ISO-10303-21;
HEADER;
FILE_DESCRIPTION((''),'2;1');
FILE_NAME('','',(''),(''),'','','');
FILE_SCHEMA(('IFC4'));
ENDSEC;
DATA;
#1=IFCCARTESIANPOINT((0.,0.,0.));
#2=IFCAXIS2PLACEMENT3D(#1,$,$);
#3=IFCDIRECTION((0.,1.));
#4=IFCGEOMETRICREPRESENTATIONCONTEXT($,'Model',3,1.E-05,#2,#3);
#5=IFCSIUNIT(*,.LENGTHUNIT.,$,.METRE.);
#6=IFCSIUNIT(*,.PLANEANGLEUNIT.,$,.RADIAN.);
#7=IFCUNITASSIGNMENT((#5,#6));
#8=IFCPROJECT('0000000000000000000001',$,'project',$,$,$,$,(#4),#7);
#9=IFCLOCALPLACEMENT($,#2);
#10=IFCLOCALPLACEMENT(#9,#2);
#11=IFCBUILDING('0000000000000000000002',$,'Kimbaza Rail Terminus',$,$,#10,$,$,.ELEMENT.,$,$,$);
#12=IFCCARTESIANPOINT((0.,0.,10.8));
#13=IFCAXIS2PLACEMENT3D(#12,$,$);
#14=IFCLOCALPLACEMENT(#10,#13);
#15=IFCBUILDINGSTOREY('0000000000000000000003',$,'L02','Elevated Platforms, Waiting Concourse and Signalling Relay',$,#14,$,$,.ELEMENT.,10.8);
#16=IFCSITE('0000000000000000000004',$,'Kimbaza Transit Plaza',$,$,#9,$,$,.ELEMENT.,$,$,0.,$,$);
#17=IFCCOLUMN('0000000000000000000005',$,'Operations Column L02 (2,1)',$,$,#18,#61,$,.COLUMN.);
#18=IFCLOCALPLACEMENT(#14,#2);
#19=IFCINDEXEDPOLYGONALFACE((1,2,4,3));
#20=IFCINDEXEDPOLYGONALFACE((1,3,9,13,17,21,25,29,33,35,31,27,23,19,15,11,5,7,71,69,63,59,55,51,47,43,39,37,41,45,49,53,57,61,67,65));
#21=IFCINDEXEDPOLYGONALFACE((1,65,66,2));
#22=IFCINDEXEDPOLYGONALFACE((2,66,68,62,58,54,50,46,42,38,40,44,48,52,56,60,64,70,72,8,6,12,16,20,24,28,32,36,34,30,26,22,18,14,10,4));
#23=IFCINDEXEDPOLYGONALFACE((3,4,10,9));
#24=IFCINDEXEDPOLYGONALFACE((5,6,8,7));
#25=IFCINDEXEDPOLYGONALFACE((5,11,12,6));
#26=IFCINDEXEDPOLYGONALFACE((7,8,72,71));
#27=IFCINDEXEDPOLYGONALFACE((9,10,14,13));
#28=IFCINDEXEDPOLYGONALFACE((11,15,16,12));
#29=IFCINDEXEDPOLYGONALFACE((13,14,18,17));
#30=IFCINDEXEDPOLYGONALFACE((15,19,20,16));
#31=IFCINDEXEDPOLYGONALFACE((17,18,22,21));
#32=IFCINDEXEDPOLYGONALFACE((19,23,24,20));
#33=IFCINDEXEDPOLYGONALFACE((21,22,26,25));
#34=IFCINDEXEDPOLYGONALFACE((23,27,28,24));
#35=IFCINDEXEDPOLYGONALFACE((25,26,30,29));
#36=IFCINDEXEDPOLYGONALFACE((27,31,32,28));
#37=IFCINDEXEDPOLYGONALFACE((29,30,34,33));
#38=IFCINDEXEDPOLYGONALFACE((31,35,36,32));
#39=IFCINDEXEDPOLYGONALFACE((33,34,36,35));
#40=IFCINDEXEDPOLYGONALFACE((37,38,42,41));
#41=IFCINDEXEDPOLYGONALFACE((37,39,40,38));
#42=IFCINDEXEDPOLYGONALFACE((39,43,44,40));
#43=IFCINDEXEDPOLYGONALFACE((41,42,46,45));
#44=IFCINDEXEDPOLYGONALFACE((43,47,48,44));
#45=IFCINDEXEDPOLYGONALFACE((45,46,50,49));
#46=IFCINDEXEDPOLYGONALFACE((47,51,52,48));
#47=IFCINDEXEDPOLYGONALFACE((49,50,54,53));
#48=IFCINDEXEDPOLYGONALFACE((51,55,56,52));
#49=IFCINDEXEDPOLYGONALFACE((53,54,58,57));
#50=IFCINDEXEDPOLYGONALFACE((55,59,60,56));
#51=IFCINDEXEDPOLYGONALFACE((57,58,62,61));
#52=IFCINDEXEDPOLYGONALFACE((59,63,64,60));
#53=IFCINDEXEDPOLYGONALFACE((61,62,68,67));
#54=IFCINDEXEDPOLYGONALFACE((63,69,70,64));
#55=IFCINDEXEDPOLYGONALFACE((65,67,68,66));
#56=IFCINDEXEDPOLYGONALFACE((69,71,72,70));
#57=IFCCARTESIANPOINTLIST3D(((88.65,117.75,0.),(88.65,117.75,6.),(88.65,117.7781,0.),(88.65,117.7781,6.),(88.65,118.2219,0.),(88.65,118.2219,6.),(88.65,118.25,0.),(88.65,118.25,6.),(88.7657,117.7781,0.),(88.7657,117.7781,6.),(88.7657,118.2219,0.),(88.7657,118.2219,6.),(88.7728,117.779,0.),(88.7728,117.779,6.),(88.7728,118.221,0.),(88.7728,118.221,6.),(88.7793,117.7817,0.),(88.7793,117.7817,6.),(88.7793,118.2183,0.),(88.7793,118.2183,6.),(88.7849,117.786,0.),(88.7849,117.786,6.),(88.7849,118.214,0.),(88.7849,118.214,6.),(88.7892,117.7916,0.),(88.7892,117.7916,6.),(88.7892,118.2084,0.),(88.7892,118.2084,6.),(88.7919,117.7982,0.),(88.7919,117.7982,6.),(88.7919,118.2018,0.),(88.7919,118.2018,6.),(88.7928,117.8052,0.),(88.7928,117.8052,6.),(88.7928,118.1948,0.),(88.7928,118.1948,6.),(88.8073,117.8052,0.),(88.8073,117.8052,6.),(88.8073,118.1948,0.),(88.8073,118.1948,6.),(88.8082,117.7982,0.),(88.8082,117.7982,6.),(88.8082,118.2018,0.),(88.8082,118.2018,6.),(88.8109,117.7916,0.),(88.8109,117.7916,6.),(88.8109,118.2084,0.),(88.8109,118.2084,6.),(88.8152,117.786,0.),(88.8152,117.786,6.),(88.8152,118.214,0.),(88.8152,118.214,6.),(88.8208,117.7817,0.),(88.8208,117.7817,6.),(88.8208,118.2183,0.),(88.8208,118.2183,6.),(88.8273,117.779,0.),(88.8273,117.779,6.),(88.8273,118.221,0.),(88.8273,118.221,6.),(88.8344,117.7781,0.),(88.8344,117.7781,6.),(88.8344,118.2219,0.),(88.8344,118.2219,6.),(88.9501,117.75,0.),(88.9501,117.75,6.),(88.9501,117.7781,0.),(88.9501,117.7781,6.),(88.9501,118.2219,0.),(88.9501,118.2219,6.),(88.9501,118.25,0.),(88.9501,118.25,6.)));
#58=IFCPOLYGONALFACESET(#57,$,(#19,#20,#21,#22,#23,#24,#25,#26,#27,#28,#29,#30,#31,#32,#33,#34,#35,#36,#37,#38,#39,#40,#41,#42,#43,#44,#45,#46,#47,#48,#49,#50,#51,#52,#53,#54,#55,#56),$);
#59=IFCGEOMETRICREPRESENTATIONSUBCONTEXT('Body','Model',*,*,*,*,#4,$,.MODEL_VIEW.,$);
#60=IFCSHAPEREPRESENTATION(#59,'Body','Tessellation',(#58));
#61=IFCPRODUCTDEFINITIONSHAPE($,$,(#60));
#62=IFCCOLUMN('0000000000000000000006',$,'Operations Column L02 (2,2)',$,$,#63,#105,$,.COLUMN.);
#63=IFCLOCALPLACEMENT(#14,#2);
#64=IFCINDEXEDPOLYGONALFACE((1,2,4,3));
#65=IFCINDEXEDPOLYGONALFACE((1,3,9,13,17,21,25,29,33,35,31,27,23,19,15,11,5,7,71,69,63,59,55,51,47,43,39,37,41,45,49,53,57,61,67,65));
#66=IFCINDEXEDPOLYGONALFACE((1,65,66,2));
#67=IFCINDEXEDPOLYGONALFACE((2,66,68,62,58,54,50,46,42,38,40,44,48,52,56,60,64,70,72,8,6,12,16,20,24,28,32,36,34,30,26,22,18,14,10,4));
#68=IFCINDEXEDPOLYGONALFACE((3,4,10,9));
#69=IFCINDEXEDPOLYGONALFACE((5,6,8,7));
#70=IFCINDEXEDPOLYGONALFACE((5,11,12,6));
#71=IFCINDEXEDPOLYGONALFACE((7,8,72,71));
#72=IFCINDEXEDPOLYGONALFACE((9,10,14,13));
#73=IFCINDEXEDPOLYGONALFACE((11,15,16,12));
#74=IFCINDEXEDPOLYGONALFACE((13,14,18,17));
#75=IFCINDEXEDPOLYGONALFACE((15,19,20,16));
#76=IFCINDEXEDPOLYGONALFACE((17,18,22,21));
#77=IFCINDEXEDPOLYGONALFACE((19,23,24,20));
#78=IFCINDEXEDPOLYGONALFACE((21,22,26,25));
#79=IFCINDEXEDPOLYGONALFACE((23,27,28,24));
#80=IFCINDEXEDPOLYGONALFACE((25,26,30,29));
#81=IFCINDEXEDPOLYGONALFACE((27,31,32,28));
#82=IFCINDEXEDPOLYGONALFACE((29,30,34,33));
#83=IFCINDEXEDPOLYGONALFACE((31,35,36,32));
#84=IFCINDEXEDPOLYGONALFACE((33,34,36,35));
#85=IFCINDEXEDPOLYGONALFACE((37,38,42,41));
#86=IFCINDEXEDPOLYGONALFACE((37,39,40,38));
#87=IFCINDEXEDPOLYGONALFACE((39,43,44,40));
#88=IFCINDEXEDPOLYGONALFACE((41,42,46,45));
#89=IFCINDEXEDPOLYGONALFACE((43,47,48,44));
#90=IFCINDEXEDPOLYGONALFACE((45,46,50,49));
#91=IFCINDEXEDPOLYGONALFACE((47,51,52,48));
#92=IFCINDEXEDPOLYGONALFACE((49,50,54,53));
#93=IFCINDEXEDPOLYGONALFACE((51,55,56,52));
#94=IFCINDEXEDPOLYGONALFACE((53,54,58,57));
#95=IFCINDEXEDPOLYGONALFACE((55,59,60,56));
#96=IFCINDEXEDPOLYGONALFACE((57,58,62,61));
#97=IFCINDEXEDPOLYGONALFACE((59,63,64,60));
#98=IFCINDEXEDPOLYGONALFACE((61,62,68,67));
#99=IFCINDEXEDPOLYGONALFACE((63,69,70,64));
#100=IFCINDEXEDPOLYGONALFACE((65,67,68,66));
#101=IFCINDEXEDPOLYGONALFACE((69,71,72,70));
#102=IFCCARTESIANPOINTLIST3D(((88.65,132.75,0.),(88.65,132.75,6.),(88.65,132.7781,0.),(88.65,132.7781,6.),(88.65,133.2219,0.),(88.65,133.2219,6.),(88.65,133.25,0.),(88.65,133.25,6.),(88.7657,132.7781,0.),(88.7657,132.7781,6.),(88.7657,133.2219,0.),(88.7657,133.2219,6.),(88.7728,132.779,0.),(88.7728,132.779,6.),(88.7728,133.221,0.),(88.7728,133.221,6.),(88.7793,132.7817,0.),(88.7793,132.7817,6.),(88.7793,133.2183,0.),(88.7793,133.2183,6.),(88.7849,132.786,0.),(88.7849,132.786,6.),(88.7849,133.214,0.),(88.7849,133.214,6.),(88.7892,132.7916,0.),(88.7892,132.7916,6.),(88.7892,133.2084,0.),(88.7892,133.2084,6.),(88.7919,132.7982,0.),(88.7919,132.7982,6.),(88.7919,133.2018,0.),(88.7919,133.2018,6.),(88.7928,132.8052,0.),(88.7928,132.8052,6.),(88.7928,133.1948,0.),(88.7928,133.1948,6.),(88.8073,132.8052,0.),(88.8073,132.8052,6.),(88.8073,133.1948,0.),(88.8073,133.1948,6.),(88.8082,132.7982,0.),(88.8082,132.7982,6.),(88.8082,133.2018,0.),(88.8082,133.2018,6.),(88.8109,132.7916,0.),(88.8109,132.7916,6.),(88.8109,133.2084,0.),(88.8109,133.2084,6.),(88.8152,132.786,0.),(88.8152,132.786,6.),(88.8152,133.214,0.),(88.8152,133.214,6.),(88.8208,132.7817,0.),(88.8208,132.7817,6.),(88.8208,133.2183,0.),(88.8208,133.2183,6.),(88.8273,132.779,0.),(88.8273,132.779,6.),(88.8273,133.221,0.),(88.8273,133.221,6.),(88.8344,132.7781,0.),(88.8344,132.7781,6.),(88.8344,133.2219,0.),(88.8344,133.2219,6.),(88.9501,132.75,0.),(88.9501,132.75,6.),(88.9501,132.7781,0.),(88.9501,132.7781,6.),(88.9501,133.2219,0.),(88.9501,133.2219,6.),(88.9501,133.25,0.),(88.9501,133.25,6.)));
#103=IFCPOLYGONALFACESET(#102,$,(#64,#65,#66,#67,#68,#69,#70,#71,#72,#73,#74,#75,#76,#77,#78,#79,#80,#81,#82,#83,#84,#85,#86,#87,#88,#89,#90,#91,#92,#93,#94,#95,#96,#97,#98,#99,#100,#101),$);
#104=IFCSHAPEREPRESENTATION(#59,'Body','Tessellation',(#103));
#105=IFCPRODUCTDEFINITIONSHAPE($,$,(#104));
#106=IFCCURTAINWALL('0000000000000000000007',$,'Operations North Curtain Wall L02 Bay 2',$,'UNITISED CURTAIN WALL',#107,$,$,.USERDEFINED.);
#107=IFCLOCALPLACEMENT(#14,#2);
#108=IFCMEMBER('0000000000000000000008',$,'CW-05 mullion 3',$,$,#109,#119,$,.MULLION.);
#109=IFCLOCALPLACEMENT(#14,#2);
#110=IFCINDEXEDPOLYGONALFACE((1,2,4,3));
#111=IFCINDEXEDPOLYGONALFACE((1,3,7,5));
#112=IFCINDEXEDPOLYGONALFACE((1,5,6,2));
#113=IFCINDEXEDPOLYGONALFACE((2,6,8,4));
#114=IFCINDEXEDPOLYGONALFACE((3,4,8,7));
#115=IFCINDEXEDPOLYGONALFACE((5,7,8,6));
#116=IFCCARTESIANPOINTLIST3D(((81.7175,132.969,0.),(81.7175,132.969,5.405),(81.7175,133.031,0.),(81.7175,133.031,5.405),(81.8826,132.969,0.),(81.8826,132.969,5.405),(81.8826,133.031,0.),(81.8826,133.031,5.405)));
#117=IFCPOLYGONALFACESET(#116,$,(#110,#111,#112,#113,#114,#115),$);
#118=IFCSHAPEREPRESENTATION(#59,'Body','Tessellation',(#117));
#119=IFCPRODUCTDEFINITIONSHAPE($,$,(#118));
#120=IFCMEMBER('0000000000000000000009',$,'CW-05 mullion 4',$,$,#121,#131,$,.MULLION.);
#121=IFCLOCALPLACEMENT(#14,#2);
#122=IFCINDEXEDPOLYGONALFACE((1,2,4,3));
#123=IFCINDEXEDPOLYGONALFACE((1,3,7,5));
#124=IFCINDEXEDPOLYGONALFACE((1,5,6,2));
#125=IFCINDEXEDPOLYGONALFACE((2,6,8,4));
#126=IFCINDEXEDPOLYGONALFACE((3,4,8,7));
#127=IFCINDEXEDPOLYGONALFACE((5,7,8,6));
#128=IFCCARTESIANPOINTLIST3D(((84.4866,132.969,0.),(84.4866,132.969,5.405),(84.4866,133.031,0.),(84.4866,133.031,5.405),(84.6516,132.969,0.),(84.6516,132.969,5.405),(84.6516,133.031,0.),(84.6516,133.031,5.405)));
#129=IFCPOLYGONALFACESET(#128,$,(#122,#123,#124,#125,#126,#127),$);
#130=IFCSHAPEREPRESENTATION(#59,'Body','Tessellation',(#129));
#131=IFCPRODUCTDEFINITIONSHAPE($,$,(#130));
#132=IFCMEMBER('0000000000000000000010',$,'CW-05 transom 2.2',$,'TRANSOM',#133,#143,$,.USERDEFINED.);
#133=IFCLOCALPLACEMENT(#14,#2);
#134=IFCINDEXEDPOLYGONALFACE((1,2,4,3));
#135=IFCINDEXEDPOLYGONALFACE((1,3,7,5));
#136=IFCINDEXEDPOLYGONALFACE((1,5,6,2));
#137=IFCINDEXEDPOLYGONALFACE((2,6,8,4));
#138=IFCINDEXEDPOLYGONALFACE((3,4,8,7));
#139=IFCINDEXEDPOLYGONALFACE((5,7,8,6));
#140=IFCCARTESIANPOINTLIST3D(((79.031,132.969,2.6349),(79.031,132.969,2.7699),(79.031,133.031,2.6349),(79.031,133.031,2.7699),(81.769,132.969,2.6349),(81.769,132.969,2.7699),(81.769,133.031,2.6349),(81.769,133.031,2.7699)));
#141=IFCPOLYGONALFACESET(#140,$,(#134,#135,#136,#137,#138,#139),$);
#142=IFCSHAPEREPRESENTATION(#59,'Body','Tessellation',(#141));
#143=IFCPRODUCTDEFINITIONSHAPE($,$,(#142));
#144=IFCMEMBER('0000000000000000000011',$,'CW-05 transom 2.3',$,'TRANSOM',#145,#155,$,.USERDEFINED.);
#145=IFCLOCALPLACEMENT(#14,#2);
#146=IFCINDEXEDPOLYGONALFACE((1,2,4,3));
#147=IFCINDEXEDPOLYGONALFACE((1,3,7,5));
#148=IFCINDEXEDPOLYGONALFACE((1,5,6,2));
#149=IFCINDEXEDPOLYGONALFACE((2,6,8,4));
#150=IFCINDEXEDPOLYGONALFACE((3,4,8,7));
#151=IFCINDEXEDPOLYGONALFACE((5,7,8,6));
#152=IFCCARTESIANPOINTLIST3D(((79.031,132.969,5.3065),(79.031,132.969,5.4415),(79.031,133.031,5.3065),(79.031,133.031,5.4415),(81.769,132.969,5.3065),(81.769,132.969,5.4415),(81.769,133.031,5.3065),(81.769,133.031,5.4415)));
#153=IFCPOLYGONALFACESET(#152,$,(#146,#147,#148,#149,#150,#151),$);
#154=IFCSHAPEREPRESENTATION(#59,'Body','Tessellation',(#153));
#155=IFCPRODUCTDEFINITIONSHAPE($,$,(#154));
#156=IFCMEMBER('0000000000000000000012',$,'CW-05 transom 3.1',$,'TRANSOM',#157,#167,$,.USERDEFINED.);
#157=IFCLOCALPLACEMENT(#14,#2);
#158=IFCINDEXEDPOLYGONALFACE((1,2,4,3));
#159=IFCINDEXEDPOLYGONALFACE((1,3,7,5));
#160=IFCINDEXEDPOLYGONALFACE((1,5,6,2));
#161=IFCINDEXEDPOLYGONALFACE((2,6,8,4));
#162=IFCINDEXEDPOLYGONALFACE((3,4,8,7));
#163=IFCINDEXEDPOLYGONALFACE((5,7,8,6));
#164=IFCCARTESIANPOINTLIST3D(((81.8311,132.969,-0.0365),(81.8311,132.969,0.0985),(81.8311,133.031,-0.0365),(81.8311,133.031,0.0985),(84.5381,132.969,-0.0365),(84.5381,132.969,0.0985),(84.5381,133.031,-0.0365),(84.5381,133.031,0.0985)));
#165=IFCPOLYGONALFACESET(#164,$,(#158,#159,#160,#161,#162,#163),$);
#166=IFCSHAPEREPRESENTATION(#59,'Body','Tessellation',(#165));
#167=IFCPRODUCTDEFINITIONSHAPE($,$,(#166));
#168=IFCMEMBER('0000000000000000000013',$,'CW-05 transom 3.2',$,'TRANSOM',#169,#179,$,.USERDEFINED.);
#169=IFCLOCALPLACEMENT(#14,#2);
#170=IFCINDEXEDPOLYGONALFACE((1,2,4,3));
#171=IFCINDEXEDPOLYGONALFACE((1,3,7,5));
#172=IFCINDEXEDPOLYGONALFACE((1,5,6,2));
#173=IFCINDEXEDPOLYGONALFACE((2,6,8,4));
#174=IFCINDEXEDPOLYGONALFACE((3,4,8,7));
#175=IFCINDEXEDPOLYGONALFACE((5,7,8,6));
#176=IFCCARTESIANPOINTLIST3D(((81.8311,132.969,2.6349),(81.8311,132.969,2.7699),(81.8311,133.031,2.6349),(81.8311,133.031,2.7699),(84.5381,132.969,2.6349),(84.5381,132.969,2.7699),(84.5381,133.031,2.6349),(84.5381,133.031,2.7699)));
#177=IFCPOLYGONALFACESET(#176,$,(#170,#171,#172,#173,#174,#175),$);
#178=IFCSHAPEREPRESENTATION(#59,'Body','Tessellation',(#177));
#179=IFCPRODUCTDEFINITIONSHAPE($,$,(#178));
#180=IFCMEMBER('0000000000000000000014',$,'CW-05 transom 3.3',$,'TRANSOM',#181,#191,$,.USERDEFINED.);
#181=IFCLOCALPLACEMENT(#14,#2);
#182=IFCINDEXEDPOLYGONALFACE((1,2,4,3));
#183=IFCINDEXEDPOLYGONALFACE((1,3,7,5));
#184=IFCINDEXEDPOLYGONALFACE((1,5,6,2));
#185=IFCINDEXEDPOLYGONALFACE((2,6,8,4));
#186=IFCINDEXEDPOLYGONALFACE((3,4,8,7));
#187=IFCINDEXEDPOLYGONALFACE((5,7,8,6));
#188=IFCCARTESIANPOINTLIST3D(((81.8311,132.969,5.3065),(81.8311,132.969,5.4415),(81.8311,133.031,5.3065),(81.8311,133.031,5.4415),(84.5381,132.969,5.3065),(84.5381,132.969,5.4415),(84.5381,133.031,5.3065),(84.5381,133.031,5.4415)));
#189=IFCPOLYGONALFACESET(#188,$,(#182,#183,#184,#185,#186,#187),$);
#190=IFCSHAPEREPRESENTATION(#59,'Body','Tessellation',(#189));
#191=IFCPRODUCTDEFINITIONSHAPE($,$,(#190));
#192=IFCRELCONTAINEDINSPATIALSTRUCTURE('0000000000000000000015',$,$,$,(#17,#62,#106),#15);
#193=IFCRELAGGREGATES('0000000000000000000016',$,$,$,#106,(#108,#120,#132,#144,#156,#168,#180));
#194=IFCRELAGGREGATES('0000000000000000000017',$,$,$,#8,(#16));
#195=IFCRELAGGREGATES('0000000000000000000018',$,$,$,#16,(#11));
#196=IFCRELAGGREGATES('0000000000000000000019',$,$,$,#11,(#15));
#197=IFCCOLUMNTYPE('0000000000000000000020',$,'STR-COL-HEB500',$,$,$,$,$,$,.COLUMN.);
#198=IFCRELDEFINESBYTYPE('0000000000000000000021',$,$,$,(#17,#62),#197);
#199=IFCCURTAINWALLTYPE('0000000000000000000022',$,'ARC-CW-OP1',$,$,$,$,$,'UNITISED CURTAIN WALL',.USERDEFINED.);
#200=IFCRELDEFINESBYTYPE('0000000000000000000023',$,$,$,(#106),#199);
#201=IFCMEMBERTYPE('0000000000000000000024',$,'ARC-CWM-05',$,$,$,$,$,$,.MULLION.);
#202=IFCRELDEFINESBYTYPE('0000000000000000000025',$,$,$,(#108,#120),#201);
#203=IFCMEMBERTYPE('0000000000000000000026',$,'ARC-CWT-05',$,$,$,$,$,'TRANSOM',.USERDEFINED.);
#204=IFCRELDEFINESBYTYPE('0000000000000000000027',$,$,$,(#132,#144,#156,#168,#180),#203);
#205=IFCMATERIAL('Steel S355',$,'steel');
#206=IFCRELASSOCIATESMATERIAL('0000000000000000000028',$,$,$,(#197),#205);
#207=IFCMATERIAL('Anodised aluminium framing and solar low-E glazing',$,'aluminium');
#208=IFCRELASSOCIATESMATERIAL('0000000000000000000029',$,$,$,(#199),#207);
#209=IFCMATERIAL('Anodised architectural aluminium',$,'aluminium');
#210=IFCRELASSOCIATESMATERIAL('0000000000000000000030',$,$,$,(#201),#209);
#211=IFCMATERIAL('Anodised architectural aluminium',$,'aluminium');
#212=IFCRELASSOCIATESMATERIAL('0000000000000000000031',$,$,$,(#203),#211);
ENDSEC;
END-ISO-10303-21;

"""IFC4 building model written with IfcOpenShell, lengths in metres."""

from ifc_helpers import new_model, si_unit, direction, frame, origin, origin_2d, place, context, subcontext, project, spatial, rectangle, i_section, extrude, material, material_profile, profile_set, type_object, element, aggregate, save


model = new_model("IFC4")

# Units and contexts
model_context = context("Model", 3, precision=1e-05, world=origin(), true_north=direction((0.0, 1.0)))
body_context = subcontext(model_context, "Body", "Model", "MODEL_VIEW")
ifc_project = project(units=[si_unit("LENGTHUNIT", "METRE"), si_unit("PLANEANGLEUNIT", "RADIAN")], contexts=[model_context])

# Site, building, storey
site_placement = place(None, origin())
site = spatial("IfcSite", under=ifc_project, at=site_placement, Name="Kimbaza Transit Plaza", CompositionType="ELEMENT", RefElevation=0.0)
building_placement = place(site_placement, origin())
building = spatial("IfcBuilding", under=site, at=building_placement, Name="Kimbaza Rail Terminus", CompositionType="ELEMENT")
storey_placement = place(building_placement, frame((0.0, 0.0, 10.8)))
storey = spatial("IfcBuildingStorey", under=building, at=storey_placement, Name="L02", Description="Elevated Platforms, Waiting Concourse and Signalling Relay", CompositionType="ELEMENT", Elevation=10.8)

# Columns
ifc_material_1 = material(Name="Steel S355", Category="steel")
ifc_material_profile_1 = material_profile(ifc_material_1, i_section(OverallWidth=0.3, OverallDepth=0.5, WebThickness=0.0144, FlangeThickness=0.0281, FilletRadius=0.0271, at=origin_2d()), Name="HEB 500")
ifc_profile_set_1 = profile_set([ifc_material_profile_1], Name="Steel S355")
column_type = type_object("IfcColumnType", Name="STR-COL-HEB500", PredefinedType="COLUMN", material=ifc_profile_set_1)
for number, where, z_axis, x_axis, name in (
    (1, (88.8, 118.0, 0.0), (0.0, 0.0, 1.0), (1.0, 0.0, 0.0), "Operations Column L02 (2,1)"),
    (2, (88.8, 133.0, 0.0), (0.0, 0.0, 1.0), (1.0, 0.0, 0.0), "Operations Column L02 (2,2)"),
):
    element("IfcColumn", number, at=place(storey_placement, frame(where, z_axis=z_axis, x_axis=x_axis)), inside=storey, type_object=column_type, Name=name, PredefinedType="COLUMN", context=body_context, shape_type="SweptSolid", body=[
        extrude(i_section(OverallWidth=0.3, OverallDepth=0.5, WebThickness=0.0144, FlangeThickness=0.0281, FilletRadius=0.0271, at=origin_2d()), origin(), (0.0, 0.0, 1.0), 6.0),
    ])

# Curtain wall, members
ifc_material_2 = material(Name="Anodised aluminium framing and solar low-E glazing", Category="aluminium")
curtain_wall_type = type_object("IfcCurtainWallType", Name="ARC-CW-OP1", ElementType="UNITISED CURTAIN WALL", PredefinedType="USERDEFINED", material=ifc_material_2)
curtain_wall_placement = place(storey_placement, origin())
curtain_wall = element("IfcCurtainWall", 3, at=curtain_wall_placement, inside=storey, type_object=curtain_wall_type, Name="Operations North Curtain Wall L02 Bay 2", ObjectType="UNITISED CURTAIN WALL", PredefinedType="USERDEFINED")
ifc_material_3 = material(Name="Anodised architectural aluminium", Category="aluminium")
ifc_material_profile_2 = material_profile(ifc_material_3, rectangle(XDim=0.062, YDim=0.165, at=origin_2d()), Name="MULLION 62x165")
ifc_profile_set_2 = profile_set([ifc_material_profile_2], Name="Anodised architectural aluminium")
member_type_1 = type_object("IfcMemberType", Name="ARC-CWM-05", PredefinedType="MULLION", material=ifc_profile_set_2)
member_1_placement = place(storey_placement, frame((81.8, 133.0, 0.0), z_axis=(0.0, 0.0, 1.0), x_axis=(0.0, 1.0, 0.0)))
member_1 = element("IfcMember", 4, at=member_1_placement, type_object=member_type_1, Name="CW-05 mullion 3", PredefinedType="MULLION", context=body_context, shape_type="SweptSolid", body=[
    extrude(rectangle(XDim=0.062, YDim=0.165, at=origin_2d()), origin(), (0.0, 0.0, 1.0), 5.405),
])
member_2_placement = place(storey_placement, frame((84.5691, 133.0, 0.0), z_axis=(0.0, 0.0, 1.0), x_axis=(0.0, 1.0, 0.0)))
member_2 = element("IfcMember", 5, at=member_2_placement, type_object=member_type_1, Name="CW-05 mullion 4", PredefinedType="MULLION", context=body_context, shape_type="SweptSolid", body=[
    extrude(rectangle(XDim=0.062, YDim=0.165, at=origin_2d()), origin(), (0.0, 0.0, 1.0), 5.405),
])
ifc_material_4 = material(Name="Anodised architectural aluminium", Category="aluminium")
ifc_material_profile_3 = material_profile(ifc_material_4, rectangle(XDim=0.062, YDim=0.135, at=origin_2d()), Name="TRANSOM 62x135")
ifc_profile_set_3 = profile_set([ifc_material_profile_3], Name="Anodised architectural aluminium")
member_type_2 = type_object("IfcMemberType", Name="ARC-CWT-05", ElementType="TRANSOM", PredefinedType="USERDEFINED", material=ifc_profile_set_3)
member_3_placement = place(storey_placement, frame((79.031, 133.0, 2.7024), z_axis=(1.0, 0.0, 0.0), x_axis=(0.0, 1.0, 0.0)))
member_3 = element("IfcMember", 6, at=member_3_placement, type_object=member_type_2, Name="CW-05 transom 2.2", ObjectType="TRANSOM", PredefinedType="USERDEFINED", context=body_context, shape_type="SweptSolid", body=[
    extrude(rectangle(XDim=0.062, YDim=0.135, at=origin_2d()), origin(), (0.0, 0.0, 1.0), 2.738),
])
member_4_placement = place(storey_placement, frame((79.031, 133.0, 5.374), z_axis=(1.0, 0.0, 0.0), x_axis=(0.0, 1.0, 0.0)))
member_4 = element("IfcMember", 7, at=member_4_placement, type_object=member_type_2, Name="CW-05 transom 2.3", ObjectType="TRANSOM", PredefinedType="USERDEFINED", context=body_context, shape_type="SweptSolid", body=[
    extrude(rectangle(XDim=0.062, YDim=0.135, at=origin_2d()), origin(), (0.0, 0.0, 1.0), 2.738),
])
member_5_placement = place(storey_placement, frame((81.8311, 133.0, 0.031), z_axis=(1.0, 0.0, 0.0), x_axis=(0.0, 1.0, 0.0)))
member_5 = element("IfcMember", 8, at=member_5_placement, type_object=member_type_2, Name="CW-05 transom 3.1", ObjectType="TRANSOM", PredefinedType="USERDEFINED", context=body_context, shape_type="SweptSolid", body=[
    extrude(rectangle(XDim=0.062, YDim=0.135, at=origin_2d()), origin(), (0.0, 0.0, 1.0), 2.707),
])
member_6_placement = place(storey_placement, frame((81.8311, 133.0, 2.7024), z_axis=(1.0, 0.0, 0.0), x_axis=(0.0, 1.0, 0.0)))
member_6 = element("IfcMember", 9, at=member_6_placement, type_object=member_type_2, Name="CW-05 transom 3.2", ObjectType="TRANSOM", PredefinedType="USERDEFINED", context=body_context, shape_type="SweptSolid", body=[
    extrude(rectangle(XDim=0.062, YDim=0.135, at=origin_2d()), origin(), (0.0, 0.0, 1.0), 2.707),
])
member_7_placement = place(storey_placement, frame((81.8311, 133.0, 5.374), z_axis=(1.0, 0.0, 0.0), x_axis=(0.0, 1.0, 0.0)))
member_7 = element("IfcMember", 10, at=member_7_placement, type_object=member_type_2, Name="CW-05 transom 3.3", ObjectType="TRANSOM", PredefinedType="USERDEFINED", context=body_context, shape_type="SweptSolid", body=[
    extrude(rectangle(XDim=0.062, YDim=0.135, at=origin_2d()), origin(), (0.0, 0.0, 1.0), 2.707),
])

aggregate(curtain_wall, [member_1, member_2, member_3, member_4, member_5, member_6, member_7])

save(model, "model.ifc")
